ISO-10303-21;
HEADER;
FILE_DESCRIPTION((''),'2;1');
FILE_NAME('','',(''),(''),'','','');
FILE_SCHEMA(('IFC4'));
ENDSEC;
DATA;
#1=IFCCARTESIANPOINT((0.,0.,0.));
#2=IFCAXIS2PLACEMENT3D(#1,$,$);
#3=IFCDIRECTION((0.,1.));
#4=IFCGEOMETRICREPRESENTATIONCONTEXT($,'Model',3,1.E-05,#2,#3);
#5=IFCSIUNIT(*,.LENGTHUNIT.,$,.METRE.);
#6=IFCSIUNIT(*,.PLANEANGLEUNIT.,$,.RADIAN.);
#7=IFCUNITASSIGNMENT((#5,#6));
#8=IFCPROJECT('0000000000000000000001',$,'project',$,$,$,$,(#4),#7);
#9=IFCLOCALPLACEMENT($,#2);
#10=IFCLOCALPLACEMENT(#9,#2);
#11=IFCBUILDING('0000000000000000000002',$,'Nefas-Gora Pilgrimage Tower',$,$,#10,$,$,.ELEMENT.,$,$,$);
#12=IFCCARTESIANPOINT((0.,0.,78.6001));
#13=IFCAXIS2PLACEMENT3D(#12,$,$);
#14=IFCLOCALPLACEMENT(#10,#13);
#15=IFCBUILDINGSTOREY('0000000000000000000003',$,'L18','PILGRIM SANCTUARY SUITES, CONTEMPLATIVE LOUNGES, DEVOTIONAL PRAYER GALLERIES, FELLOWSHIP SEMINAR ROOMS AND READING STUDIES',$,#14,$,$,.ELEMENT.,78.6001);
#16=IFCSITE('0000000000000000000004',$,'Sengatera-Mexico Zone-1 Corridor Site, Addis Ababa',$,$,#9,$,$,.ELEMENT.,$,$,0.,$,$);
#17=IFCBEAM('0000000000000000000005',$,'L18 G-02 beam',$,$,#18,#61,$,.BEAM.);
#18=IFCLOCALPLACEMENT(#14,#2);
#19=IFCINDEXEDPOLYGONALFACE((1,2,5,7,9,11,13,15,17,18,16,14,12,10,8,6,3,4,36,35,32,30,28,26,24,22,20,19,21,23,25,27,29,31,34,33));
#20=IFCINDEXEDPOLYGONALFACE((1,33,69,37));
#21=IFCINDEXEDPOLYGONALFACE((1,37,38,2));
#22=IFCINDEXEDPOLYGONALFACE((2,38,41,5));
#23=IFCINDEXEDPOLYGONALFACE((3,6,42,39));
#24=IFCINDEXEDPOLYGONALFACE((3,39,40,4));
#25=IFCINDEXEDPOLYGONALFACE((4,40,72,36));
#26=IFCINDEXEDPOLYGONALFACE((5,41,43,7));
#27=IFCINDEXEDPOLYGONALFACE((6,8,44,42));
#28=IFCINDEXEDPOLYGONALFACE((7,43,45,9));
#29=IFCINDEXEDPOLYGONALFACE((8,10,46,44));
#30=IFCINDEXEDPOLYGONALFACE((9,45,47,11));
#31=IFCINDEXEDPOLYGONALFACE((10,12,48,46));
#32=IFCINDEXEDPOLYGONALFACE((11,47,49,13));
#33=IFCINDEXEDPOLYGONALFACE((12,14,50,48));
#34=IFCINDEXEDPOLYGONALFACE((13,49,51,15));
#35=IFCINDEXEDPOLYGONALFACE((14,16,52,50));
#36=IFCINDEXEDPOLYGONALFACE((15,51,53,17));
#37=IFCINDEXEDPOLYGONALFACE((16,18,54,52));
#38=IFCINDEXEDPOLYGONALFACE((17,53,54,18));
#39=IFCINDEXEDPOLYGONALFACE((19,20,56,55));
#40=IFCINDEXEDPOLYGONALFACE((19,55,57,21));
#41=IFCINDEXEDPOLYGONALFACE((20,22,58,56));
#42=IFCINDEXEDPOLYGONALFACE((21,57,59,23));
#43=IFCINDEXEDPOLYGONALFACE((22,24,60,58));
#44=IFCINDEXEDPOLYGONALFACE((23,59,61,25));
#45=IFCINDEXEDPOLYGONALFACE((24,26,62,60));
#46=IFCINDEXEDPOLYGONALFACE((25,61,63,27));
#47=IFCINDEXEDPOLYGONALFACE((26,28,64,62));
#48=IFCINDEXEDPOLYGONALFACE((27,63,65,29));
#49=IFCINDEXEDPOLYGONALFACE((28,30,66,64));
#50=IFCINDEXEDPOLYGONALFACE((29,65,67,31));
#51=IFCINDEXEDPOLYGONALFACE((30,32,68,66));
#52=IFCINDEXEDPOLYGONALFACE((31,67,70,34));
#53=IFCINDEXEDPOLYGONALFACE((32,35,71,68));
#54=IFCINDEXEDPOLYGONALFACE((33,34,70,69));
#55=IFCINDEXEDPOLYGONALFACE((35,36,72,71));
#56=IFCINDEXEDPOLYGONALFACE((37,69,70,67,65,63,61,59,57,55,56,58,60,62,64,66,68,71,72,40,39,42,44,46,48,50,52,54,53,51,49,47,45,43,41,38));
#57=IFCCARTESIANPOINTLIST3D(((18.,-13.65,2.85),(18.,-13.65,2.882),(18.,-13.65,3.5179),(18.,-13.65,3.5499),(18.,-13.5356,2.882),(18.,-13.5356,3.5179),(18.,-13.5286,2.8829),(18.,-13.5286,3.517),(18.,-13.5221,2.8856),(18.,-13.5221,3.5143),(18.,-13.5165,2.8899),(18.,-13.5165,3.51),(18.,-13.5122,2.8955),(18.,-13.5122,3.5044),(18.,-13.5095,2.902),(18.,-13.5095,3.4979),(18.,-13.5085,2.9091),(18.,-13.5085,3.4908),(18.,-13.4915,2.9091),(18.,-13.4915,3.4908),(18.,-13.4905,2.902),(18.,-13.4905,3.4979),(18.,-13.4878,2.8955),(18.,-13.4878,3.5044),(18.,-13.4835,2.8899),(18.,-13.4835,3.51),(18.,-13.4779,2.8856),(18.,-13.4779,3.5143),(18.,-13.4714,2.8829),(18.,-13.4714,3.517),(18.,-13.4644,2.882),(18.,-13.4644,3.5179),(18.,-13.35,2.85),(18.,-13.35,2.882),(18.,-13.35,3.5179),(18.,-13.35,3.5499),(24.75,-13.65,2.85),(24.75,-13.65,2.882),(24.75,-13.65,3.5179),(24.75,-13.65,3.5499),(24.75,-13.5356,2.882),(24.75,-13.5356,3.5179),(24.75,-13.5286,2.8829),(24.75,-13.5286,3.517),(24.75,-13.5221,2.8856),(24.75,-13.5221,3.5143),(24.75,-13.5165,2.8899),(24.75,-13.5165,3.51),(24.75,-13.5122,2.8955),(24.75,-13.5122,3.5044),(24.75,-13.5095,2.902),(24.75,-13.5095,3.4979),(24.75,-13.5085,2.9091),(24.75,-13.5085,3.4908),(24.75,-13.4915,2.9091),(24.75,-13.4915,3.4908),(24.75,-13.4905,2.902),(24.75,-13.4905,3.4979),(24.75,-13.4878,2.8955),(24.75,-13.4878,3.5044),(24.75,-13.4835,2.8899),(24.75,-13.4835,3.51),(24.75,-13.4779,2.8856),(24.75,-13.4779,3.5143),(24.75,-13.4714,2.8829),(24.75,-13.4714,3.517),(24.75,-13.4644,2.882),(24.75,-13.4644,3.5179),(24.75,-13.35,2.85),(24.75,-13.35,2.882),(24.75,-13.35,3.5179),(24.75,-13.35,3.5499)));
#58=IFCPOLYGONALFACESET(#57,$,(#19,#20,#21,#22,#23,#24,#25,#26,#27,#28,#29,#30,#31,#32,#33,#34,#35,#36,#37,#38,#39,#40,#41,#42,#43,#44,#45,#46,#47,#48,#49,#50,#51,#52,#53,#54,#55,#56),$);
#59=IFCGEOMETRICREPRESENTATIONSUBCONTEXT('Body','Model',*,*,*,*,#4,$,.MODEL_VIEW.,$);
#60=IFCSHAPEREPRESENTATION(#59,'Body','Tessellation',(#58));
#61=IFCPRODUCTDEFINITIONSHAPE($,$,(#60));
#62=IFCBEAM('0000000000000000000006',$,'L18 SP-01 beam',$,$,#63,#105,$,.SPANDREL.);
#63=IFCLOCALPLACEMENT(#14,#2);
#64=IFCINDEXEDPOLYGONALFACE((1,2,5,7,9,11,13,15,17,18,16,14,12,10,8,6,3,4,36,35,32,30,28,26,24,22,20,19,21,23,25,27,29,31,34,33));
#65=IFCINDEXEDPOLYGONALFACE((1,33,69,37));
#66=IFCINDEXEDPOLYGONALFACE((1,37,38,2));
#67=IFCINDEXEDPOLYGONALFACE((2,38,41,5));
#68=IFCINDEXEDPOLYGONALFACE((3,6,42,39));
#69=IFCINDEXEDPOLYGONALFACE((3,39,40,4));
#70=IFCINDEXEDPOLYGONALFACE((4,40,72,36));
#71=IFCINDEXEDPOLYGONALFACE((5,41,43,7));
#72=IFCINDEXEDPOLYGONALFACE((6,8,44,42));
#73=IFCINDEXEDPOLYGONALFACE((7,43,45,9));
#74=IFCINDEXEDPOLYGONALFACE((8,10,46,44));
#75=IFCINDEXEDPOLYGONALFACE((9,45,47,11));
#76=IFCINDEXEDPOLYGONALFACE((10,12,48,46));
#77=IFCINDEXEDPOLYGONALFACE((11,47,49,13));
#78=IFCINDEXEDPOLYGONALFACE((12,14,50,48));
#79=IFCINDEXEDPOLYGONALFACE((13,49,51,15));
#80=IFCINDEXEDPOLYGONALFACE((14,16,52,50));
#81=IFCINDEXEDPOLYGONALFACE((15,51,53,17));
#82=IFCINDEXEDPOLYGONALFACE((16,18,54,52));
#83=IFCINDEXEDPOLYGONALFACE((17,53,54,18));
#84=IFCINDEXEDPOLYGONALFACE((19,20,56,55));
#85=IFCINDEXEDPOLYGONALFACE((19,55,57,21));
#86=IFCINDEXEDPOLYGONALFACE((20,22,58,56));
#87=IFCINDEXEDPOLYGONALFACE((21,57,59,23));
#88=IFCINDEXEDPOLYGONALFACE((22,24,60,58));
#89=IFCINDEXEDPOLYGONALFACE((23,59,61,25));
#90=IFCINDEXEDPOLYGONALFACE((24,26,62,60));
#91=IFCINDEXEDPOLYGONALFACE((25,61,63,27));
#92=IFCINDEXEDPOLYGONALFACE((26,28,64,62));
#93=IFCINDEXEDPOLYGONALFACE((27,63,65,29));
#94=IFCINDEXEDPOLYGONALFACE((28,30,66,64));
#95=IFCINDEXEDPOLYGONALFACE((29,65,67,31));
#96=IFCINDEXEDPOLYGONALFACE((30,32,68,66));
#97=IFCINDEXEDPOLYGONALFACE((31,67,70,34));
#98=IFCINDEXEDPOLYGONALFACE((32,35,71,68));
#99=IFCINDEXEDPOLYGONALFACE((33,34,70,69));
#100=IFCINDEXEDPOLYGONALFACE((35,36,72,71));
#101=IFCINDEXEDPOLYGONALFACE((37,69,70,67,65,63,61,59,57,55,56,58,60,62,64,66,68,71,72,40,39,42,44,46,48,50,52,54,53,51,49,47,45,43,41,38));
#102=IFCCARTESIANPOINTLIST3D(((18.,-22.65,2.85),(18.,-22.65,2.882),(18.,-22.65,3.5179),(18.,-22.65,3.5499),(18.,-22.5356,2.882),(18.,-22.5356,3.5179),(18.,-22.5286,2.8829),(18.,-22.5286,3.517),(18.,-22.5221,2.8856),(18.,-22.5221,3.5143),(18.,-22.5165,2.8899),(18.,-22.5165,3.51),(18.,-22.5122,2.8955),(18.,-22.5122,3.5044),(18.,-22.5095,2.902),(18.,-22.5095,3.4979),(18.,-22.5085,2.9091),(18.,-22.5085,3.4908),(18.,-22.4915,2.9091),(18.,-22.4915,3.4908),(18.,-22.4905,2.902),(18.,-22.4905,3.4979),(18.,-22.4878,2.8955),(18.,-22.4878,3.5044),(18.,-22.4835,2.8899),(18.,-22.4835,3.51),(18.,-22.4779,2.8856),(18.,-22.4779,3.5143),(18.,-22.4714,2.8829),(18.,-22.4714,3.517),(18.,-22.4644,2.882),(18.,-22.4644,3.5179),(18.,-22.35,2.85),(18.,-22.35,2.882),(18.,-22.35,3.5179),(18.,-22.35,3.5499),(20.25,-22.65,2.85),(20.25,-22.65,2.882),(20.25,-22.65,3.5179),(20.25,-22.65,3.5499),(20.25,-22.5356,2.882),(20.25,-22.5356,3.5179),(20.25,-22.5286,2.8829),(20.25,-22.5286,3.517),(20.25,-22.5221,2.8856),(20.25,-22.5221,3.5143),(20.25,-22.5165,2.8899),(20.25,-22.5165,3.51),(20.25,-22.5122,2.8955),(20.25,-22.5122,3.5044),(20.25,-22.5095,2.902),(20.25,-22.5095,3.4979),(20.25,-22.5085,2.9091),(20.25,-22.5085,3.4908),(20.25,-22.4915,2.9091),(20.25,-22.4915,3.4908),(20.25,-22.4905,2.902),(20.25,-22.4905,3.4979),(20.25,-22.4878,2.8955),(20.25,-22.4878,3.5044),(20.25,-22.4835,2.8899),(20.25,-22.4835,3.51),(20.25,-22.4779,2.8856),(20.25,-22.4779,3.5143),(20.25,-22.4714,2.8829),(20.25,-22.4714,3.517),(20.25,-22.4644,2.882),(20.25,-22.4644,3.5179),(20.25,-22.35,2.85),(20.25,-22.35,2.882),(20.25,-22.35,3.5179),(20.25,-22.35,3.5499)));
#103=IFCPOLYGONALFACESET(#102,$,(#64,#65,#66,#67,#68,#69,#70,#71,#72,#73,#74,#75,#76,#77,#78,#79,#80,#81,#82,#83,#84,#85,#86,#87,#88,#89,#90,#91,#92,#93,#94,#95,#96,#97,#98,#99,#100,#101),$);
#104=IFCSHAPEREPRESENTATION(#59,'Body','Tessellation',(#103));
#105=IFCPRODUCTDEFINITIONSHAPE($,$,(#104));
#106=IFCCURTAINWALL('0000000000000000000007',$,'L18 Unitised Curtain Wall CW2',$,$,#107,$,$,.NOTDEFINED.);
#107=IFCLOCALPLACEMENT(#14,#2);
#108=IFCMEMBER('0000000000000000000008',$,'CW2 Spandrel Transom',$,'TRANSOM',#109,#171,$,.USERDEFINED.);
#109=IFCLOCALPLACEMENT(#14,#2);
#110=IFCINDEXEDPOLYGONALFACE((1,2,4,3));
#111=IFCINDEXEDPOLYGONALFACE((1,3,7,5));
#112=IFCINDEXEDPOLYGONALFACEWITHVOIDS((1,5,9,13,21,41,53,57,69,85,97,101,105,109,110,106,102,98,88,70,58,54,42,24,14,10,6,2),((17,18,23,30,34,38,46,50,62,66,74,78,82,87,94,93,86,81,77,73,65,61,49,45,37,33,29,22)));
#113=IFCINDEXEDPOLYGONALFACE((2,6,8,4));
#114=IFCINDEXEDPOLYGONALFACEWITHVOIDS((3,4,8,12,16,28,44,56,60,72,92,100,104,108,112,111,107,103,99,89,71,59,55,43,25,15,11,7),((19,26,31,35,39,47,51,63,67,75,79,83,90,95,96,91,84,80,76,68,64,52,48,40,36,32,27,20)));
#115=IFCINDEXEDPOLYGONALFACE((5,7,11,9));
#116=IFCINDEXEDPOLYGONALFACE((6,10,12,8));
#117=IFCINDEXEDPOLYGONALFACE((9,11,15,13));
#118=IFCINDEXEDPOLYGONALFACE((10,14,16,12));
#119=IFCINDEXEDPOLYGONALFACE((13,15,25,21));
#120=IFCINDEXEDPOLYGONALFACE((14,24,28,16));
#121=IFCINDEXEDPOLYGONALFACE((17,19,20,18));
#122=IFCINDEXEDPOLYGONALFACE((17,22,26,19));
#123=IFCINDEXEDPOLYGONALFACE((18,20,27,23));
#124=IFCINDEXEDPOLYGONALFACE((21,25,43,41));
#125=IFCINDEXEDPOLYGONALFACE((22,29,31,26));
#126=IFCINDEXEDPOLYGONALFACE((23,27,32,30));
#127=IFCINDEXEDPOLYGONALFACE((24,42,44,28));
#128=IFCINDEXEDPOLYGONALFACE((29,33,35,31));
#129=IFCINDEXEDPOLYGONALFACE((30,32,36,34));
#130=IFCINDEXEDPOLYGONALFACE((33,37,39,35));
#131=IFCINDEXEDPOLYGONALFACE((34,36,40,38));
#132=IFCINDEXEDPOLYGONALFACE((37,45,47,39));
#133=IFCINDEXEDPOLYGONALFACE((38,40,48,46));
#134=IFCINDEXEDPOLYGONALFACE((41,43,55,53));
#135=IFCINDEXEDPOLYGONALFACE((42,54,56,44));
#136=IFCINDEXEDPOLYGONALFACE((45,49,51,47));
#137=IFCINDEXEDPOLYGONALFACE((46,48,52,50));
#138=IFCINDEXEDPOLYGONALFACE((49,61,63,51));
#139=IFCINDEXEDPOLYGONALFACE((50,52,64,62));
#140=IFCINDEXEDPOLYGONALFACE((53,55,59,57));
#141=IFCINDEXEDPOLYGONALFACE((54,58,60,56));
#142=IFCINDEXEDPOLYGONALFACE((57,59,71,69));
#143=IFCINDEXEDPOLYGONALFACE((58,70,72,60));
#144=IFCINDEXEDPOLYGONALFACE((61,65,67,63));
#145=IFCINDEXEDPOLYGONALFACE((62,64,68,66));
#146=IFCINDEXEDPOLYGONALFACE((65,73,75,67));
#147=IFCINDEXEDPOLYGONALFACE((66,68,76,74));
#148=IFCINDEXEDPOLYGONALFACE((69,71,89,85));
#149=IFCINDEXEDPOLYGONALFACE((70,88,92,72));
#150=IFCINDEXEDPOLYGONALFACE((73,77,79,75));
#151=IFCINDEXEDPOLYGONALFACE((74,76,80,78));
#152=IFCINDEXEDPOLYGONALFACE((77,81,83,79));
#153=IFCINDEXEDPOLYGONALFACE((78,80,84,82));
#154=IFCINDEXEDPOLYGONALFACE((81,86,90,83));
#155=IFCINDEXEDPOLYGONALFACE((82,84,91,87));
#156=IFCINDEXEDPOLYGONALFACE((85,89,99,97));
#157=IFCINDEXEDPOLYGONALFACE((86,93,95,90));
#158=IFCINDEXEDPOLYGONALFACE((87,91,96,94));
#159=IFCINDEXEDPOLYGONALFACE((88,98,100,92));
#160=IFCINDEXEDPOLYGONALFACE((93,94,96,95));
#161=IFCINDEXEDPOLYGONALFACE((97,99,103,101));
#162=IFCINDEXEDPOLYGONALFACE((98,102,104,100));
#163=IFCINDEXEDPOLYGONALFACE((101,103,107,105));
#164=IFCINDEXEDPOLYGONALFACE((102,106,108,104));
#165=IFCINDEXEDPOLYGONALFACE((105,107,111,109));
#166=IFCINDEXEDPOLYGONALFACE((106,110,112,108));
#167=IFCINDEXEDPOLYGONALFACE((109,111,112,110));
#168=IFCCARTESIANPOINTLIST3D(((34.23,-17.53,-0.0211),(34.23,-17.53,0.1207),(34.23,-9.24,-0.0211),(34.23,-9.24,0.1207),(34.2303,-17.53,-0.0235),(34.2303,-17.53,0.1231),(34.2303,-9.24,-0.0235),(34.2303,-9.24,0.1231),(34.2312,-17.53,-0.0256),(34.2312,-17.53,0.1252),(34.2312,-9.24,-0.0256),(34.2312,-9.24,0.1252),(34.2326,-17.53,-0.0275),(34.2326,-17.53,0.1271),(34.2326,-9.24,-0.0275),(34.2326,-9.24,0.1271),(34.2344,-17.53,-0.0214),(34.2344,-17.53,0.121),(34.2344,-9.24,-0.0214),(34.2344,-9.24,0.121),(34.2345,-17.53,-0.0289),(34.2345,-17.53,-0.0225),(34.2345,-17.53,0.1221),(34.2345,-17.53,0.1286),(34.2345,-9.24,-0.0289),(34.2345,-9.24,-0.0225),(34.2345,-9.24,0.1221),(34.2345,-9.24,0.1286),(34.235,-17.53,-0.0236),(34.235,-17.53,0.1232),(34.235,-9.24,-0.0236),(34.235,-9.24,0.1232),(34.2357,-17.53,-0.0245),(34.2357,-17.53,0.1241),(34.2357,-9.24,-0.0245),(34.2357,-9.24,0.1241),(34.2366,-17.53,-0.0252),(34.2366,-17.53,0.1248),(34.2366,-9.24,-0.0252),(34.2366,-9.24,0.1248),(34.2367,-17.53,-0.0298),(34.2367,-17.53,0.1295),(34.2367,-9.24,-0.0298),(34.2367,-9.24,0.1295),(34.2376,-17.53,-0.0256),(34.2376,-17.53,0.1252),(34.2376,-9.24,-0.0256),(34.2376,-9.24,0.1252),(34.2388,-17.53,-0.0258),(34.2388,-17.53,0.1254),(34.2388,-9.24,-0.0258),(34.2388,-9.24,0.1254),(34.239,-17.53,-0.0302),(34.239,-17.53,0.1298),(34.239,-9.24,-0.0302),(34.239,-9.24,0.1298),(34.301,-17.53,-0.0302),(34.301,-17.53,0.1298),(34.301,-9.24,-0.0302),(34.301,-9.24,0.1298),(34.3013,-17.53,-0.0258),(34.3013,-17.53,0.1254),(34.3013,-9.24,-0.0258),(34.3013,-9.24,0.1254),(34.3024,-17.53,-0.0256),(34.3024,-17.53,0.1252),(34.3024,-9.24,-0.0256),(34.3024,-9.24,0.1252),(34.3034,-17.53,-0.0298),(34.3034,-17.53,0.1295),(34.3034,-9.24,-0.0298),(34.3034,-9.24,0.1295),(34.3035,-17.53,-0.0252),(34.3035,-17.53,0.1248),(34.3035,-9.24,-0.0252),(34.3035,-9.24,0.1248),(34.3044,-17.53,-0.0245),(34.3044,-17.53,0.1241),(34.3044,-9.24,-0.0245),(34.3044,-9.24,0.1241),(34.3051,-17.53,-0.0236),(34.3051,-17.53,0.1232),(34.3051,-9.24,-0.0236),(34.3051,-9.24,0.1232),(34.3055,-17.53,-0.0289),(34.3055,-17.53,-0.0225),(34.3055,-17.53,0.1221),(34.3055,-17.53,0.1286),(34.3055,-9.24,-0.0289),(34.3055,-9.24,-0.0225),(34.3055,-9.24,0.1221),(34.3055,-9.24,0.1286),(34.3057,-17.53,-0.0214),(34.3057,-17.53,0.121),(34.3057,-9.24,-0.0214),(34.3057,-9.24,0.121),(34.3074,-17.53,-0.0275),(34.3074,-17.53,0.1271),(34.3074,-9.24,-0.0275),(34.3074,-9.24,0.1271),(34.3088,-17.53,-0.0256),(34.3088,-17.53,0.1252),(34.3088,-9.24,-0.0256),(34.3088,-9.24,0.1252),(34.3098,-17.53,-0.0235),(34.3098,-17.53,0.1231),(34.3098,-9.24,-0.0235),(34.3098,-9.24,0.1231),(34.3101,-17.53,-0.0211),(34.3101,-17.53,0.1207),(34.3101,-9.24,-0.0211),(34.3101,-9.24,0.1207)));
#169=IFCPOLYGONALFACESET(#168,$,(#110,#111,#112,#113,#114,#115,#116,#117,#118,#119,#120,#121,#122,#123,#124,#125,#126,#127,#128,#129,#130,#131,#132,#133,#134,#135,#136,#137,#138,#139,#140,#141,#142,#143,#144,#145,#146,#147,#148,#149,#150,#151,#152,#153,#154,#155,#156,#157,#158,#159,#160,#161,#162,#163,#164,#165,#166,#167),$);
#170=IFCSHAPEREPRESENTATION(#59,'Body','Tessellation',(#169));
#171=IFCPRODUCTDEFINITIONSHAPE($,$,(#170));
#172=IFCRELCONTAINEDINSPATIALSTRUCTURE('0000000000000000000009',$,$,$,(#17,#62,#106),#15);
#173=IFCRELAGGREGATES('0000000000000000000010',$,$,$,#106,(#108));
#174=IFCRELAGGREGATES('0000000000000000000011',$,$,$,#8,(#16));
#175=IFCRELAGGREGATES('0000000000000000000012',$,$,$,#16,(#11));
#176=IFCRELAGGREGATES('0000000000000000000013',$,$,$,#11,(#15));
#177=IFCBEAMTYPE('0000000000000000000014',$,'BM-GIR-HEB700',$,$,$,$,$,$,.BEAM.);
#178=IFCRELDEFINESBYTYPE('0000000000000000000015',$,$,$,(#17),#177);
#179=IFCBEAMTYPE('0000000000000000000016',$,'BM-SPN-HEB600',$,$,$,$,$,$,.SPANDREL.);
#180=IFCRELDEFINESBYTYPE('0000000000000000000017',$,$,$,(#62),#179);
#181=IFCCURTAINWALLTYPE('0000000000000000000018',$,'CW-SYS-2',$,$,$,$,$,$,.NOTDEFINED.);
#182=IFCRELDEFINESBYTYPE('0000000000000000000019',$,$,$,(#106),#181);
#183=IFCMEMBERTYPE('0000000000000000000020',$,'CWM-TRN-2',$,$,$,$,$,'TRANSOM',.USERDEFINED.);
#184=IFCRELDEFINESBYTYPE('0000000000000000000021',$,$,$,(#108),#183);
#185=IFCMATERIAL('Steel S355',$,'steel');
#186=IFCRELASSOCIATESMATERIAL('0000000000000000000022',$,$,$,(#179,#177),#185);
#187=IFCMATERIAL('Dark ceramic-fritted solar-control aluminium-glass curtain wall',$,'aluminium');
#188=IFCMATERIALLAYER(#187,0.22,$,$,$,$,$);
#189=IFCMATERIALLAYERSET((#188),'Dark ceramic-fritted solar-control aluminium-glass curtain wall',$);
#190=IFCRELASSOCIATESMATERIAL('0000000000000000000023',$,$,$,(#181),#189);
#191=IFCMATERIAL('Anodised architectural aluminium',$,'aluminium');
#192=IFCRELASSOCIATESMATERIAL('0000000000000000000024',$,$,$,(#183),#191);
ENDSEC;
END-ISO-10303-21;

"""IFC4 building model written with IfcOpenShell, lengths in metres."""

from ifc_helpers import new_model, si_unit, direction, frame, origin, origin_2d, place, context, subcontext, project, spatial, hollow_rectangle, i_section, extrude, source, transform, mapped, material, layer, layer_set, material_profile, profile_set, type_object, element, aggregate, save


model = new_model("IFC4")

# Units and contexts
model_context = context("Model", 3, precision=1e-05, world=origin(), true_north=direction((0.0, 1.0)))
body_context = subcontext(model_context, "Body", "Model", "MODEL_VIEW")
ifc_project = project(units=[si_unit("LENGTHUNIT", "METRE"), si_unit("PLANEANGLEUNIT", "RADIAN")], contexts=[model_context])

# Site, building, storey
site_placement = place(None, origin())
site = spatial("IfcSite", under=ifc_project, at=site_placement, Name="Sengatera-Mexico Zone-1 Corridor Site, Addis Ababa", CompositionType="ELEMENT", RefElevation=0.0)
building_placement = place(site_placement, origin())
building = spatial("IfcBuilding", under=site, at=building_placement, Name="Nefas-Gora Pilgrimage Tower", CompositionType="ELEMENT")
storey_placement = place(building_placement, frame((0.0, 0.0, 78.6001)))
storey = spatial("IfcBuildingStorey", under=building, at=storey_placement, Name="L18", Description="PILGRIM SANCTUARY SUITES, CONTEMPLATIVE LOUNGES, DEVOTIONAL PRAYER GALLERIES, FELLOWSHIP SEMINAR ROOMS AND READING STUDIES", CompositionType="ELEMENT", Elevation=78.6001)

# Beams
ifc_material_1 = material(Name="Steel S355", Category="steel")
ifc_material_profile_1 = material_profile(ifc_material_1, i_section(OverallWidth=0.3, OverallDepth=0.7, WebThickness=0.0171, FlangeThickness=0.032, FilletRadius=0.0271, at=origin_2d()), Name="HEB 700")
ifc_profile_set_1 = profile_set([ifc_material_profile_1], Name="Steel S355")
beam_type_1 = type_object("IfcBeamType", Name="BM-SPN-HEB600", PredefinedType="SPANDREL", material=ifc_profile_set_1)
ifc_material_profile_2 = material_profile(ifc_material_1, i_section(OverallWidth=0.3, OverallDepth=0.7, WebThickness=0.0171, FlangeThickness=0.032, FilletRadius=0.0271, at=origin_2d()), Name="HEB 700")
ifc_profile_set_2 = profile_set([ifc_material_profile_2], Name="Steel S355")
beam_type_2 = type_object("IfcBeamType", Name="BM-GIR-HEB700", PredefinedType="BEAM", material=ifc_profile_set_2)
shared_shape_1 = source(origin(), body_context, "Body", "SweptSolid", [
    extrude(i_section(OverallWidth=0.3, OverallDepth=0.7, WebThickness=0.0171, FlangeThickness=0.032, FilletRadius=0.0271, at=origin_2d()), origin(), (0.0, 0.0, 1.0), 6.75),
])
for number, where, z_axis, x_axis, name in (
    (1, (18.0, -13.5, 3.2), (1.0, 0.0, 0.0), (0.0, 1.0, 0.0), "L18 G-02 beam"),
):
    element("IfcBeam", number, at=place(storey_placement, frame(where, z_axis=z_axis, x_axis=x_axis)), inside=storey, type_object=beam_type_2, Name=name, PredefinedType="BEAM", context=body_context, shape_type="MappedRepresentation", body=[
        mapped(shared_shape_1, transform((0.0, 0.0, 0.0), x_axis=(1.0, 0.0, 0.0), y_axis=(0.0, 1.0, 0.0), z_axis=(0.0, 0.0, 1.0), scale=1.0)),
    ])
shared_shape_2 = source(origin(), body_context, "Body", "SweptSolid", [
    extrude(i_section(OverallWidth=0.3, OverallDepth=0.7, WebThickness=0.0171, FlangeThickness=0.032, FilletRadius=0.0271, at=origin_2d()), origin(), (0.0, 0.0, 1.0), 2.25),
])
beam_1_placement = place(storey_placement, frame((18.0, -22.5, 3.2), z_axis=(1.0, 0.0, 0.0), x_axis=(0.0, 1.0, 0.0)))
element("IfcBeam", 2, at=beam_1_placement, inside=storey, type_object=beam_type_1, Name="L18 SP-01 beam", PredefinedType="SPANDREL", context=body_context, shape_type="MappedRepresentation", body=[
    mapped(shared_shape_2, transform((0.0, 0.0, 0.0), x_axis=(1.0, 0.0, 0.0), y_axis=(0.0, 1.0, 0.0), z_axis=(0.0, 0.0, 1.0), scale=1.0)),
])

# Curtain wall, member
ifc_material_2 = material(Name="Dark ceramic-fritted solar-control aluminium-glass curtain wall", Category="aluminium")
ifc_layer_1 = layer(ifc_material_2, 0.22)
ifc_layer_set_1 = layer_set([ifc_layer_1], Name="Dark ceramic-fritted solar-control aluminium-glass curtain wall")
curtain_wall_type = type_object("IfcCurtainWallType", Name="CW-SYS-2", PredefinedType="NOTDEFINED", material=ifc_layer_set_1)
curtain_wall_1_placement = place(storey_placement, origin())
curtain_wall_1 = element("IfcCurtainWall", 3, at=curtain_wall_1_placement, inside=storey, type_object=curtain_wall_type, Name="L18 Unitised Curtain Wall CW2", PredefinedType="NOTDEFINED")
ifc_material_3 = material(Name="Anodised architectural aluminium", Category="aluminium")
ifc_material_profile_3 = material_profile(ifc_material_3, hollow_rectangle(XDim=0.0801, YDim=0.1599, WallThickness=0.0044, InnerFilletRadius=0.0044, OuterFilletRadius=0.009, at=origin_2d()), Name="ALU TRANSOM 80x160")
ifc_profile_set_3 = profile_set([ifc_material_profile_3], Name="Anodised architectural aluminium")
member_type_1 = type_object("IfcMemberType", Name="CWM-TRN-2", ElementType="TRANSOM", PredefinedType="USERDEFINED", material=ifc_profile_set_3)
shared_shape_3 = source(origin(), body_context, "Body", "SweptSolid", [
    extrude(hollow_rectangle(XDim=0.0801, YDim=0.1599, WallThickness=0.0044, InnerFilletRadius=0.0044, OuterFilletRadius=0.009, at=origin_2d()), origin(), (0.0, 0.0, 1.0), 8.29),
])
member_1_placement = place(storey_placement, frame((34.27, -17.53, 0.0498), z_axis=(0.0, 1.0, 0.0), x_axis=(-1.0, 0.0, 0.0)))
member_1 = element("IfcMember", 4, at=member_1_placement, type_object=member_type_1, Name="CW2 Spandrel Transom", ObjectType="TRANSOM", PredefinedType="USERDEFINED", context=body_context, shape_type="MappedRepresentation", body=[
    mapped(shared_shape_3, transform((0.0, 0.0, 0.0), x_axis=(1.0, 0.0, 0.0), y_axis=(0.0, 1.0, 0.0), z_axis=(0.0, 0.0, 1.0), scale=1.0)),
])

aggregate(curtain_wall_1, [member_1])

save(model, "model.ifc")
